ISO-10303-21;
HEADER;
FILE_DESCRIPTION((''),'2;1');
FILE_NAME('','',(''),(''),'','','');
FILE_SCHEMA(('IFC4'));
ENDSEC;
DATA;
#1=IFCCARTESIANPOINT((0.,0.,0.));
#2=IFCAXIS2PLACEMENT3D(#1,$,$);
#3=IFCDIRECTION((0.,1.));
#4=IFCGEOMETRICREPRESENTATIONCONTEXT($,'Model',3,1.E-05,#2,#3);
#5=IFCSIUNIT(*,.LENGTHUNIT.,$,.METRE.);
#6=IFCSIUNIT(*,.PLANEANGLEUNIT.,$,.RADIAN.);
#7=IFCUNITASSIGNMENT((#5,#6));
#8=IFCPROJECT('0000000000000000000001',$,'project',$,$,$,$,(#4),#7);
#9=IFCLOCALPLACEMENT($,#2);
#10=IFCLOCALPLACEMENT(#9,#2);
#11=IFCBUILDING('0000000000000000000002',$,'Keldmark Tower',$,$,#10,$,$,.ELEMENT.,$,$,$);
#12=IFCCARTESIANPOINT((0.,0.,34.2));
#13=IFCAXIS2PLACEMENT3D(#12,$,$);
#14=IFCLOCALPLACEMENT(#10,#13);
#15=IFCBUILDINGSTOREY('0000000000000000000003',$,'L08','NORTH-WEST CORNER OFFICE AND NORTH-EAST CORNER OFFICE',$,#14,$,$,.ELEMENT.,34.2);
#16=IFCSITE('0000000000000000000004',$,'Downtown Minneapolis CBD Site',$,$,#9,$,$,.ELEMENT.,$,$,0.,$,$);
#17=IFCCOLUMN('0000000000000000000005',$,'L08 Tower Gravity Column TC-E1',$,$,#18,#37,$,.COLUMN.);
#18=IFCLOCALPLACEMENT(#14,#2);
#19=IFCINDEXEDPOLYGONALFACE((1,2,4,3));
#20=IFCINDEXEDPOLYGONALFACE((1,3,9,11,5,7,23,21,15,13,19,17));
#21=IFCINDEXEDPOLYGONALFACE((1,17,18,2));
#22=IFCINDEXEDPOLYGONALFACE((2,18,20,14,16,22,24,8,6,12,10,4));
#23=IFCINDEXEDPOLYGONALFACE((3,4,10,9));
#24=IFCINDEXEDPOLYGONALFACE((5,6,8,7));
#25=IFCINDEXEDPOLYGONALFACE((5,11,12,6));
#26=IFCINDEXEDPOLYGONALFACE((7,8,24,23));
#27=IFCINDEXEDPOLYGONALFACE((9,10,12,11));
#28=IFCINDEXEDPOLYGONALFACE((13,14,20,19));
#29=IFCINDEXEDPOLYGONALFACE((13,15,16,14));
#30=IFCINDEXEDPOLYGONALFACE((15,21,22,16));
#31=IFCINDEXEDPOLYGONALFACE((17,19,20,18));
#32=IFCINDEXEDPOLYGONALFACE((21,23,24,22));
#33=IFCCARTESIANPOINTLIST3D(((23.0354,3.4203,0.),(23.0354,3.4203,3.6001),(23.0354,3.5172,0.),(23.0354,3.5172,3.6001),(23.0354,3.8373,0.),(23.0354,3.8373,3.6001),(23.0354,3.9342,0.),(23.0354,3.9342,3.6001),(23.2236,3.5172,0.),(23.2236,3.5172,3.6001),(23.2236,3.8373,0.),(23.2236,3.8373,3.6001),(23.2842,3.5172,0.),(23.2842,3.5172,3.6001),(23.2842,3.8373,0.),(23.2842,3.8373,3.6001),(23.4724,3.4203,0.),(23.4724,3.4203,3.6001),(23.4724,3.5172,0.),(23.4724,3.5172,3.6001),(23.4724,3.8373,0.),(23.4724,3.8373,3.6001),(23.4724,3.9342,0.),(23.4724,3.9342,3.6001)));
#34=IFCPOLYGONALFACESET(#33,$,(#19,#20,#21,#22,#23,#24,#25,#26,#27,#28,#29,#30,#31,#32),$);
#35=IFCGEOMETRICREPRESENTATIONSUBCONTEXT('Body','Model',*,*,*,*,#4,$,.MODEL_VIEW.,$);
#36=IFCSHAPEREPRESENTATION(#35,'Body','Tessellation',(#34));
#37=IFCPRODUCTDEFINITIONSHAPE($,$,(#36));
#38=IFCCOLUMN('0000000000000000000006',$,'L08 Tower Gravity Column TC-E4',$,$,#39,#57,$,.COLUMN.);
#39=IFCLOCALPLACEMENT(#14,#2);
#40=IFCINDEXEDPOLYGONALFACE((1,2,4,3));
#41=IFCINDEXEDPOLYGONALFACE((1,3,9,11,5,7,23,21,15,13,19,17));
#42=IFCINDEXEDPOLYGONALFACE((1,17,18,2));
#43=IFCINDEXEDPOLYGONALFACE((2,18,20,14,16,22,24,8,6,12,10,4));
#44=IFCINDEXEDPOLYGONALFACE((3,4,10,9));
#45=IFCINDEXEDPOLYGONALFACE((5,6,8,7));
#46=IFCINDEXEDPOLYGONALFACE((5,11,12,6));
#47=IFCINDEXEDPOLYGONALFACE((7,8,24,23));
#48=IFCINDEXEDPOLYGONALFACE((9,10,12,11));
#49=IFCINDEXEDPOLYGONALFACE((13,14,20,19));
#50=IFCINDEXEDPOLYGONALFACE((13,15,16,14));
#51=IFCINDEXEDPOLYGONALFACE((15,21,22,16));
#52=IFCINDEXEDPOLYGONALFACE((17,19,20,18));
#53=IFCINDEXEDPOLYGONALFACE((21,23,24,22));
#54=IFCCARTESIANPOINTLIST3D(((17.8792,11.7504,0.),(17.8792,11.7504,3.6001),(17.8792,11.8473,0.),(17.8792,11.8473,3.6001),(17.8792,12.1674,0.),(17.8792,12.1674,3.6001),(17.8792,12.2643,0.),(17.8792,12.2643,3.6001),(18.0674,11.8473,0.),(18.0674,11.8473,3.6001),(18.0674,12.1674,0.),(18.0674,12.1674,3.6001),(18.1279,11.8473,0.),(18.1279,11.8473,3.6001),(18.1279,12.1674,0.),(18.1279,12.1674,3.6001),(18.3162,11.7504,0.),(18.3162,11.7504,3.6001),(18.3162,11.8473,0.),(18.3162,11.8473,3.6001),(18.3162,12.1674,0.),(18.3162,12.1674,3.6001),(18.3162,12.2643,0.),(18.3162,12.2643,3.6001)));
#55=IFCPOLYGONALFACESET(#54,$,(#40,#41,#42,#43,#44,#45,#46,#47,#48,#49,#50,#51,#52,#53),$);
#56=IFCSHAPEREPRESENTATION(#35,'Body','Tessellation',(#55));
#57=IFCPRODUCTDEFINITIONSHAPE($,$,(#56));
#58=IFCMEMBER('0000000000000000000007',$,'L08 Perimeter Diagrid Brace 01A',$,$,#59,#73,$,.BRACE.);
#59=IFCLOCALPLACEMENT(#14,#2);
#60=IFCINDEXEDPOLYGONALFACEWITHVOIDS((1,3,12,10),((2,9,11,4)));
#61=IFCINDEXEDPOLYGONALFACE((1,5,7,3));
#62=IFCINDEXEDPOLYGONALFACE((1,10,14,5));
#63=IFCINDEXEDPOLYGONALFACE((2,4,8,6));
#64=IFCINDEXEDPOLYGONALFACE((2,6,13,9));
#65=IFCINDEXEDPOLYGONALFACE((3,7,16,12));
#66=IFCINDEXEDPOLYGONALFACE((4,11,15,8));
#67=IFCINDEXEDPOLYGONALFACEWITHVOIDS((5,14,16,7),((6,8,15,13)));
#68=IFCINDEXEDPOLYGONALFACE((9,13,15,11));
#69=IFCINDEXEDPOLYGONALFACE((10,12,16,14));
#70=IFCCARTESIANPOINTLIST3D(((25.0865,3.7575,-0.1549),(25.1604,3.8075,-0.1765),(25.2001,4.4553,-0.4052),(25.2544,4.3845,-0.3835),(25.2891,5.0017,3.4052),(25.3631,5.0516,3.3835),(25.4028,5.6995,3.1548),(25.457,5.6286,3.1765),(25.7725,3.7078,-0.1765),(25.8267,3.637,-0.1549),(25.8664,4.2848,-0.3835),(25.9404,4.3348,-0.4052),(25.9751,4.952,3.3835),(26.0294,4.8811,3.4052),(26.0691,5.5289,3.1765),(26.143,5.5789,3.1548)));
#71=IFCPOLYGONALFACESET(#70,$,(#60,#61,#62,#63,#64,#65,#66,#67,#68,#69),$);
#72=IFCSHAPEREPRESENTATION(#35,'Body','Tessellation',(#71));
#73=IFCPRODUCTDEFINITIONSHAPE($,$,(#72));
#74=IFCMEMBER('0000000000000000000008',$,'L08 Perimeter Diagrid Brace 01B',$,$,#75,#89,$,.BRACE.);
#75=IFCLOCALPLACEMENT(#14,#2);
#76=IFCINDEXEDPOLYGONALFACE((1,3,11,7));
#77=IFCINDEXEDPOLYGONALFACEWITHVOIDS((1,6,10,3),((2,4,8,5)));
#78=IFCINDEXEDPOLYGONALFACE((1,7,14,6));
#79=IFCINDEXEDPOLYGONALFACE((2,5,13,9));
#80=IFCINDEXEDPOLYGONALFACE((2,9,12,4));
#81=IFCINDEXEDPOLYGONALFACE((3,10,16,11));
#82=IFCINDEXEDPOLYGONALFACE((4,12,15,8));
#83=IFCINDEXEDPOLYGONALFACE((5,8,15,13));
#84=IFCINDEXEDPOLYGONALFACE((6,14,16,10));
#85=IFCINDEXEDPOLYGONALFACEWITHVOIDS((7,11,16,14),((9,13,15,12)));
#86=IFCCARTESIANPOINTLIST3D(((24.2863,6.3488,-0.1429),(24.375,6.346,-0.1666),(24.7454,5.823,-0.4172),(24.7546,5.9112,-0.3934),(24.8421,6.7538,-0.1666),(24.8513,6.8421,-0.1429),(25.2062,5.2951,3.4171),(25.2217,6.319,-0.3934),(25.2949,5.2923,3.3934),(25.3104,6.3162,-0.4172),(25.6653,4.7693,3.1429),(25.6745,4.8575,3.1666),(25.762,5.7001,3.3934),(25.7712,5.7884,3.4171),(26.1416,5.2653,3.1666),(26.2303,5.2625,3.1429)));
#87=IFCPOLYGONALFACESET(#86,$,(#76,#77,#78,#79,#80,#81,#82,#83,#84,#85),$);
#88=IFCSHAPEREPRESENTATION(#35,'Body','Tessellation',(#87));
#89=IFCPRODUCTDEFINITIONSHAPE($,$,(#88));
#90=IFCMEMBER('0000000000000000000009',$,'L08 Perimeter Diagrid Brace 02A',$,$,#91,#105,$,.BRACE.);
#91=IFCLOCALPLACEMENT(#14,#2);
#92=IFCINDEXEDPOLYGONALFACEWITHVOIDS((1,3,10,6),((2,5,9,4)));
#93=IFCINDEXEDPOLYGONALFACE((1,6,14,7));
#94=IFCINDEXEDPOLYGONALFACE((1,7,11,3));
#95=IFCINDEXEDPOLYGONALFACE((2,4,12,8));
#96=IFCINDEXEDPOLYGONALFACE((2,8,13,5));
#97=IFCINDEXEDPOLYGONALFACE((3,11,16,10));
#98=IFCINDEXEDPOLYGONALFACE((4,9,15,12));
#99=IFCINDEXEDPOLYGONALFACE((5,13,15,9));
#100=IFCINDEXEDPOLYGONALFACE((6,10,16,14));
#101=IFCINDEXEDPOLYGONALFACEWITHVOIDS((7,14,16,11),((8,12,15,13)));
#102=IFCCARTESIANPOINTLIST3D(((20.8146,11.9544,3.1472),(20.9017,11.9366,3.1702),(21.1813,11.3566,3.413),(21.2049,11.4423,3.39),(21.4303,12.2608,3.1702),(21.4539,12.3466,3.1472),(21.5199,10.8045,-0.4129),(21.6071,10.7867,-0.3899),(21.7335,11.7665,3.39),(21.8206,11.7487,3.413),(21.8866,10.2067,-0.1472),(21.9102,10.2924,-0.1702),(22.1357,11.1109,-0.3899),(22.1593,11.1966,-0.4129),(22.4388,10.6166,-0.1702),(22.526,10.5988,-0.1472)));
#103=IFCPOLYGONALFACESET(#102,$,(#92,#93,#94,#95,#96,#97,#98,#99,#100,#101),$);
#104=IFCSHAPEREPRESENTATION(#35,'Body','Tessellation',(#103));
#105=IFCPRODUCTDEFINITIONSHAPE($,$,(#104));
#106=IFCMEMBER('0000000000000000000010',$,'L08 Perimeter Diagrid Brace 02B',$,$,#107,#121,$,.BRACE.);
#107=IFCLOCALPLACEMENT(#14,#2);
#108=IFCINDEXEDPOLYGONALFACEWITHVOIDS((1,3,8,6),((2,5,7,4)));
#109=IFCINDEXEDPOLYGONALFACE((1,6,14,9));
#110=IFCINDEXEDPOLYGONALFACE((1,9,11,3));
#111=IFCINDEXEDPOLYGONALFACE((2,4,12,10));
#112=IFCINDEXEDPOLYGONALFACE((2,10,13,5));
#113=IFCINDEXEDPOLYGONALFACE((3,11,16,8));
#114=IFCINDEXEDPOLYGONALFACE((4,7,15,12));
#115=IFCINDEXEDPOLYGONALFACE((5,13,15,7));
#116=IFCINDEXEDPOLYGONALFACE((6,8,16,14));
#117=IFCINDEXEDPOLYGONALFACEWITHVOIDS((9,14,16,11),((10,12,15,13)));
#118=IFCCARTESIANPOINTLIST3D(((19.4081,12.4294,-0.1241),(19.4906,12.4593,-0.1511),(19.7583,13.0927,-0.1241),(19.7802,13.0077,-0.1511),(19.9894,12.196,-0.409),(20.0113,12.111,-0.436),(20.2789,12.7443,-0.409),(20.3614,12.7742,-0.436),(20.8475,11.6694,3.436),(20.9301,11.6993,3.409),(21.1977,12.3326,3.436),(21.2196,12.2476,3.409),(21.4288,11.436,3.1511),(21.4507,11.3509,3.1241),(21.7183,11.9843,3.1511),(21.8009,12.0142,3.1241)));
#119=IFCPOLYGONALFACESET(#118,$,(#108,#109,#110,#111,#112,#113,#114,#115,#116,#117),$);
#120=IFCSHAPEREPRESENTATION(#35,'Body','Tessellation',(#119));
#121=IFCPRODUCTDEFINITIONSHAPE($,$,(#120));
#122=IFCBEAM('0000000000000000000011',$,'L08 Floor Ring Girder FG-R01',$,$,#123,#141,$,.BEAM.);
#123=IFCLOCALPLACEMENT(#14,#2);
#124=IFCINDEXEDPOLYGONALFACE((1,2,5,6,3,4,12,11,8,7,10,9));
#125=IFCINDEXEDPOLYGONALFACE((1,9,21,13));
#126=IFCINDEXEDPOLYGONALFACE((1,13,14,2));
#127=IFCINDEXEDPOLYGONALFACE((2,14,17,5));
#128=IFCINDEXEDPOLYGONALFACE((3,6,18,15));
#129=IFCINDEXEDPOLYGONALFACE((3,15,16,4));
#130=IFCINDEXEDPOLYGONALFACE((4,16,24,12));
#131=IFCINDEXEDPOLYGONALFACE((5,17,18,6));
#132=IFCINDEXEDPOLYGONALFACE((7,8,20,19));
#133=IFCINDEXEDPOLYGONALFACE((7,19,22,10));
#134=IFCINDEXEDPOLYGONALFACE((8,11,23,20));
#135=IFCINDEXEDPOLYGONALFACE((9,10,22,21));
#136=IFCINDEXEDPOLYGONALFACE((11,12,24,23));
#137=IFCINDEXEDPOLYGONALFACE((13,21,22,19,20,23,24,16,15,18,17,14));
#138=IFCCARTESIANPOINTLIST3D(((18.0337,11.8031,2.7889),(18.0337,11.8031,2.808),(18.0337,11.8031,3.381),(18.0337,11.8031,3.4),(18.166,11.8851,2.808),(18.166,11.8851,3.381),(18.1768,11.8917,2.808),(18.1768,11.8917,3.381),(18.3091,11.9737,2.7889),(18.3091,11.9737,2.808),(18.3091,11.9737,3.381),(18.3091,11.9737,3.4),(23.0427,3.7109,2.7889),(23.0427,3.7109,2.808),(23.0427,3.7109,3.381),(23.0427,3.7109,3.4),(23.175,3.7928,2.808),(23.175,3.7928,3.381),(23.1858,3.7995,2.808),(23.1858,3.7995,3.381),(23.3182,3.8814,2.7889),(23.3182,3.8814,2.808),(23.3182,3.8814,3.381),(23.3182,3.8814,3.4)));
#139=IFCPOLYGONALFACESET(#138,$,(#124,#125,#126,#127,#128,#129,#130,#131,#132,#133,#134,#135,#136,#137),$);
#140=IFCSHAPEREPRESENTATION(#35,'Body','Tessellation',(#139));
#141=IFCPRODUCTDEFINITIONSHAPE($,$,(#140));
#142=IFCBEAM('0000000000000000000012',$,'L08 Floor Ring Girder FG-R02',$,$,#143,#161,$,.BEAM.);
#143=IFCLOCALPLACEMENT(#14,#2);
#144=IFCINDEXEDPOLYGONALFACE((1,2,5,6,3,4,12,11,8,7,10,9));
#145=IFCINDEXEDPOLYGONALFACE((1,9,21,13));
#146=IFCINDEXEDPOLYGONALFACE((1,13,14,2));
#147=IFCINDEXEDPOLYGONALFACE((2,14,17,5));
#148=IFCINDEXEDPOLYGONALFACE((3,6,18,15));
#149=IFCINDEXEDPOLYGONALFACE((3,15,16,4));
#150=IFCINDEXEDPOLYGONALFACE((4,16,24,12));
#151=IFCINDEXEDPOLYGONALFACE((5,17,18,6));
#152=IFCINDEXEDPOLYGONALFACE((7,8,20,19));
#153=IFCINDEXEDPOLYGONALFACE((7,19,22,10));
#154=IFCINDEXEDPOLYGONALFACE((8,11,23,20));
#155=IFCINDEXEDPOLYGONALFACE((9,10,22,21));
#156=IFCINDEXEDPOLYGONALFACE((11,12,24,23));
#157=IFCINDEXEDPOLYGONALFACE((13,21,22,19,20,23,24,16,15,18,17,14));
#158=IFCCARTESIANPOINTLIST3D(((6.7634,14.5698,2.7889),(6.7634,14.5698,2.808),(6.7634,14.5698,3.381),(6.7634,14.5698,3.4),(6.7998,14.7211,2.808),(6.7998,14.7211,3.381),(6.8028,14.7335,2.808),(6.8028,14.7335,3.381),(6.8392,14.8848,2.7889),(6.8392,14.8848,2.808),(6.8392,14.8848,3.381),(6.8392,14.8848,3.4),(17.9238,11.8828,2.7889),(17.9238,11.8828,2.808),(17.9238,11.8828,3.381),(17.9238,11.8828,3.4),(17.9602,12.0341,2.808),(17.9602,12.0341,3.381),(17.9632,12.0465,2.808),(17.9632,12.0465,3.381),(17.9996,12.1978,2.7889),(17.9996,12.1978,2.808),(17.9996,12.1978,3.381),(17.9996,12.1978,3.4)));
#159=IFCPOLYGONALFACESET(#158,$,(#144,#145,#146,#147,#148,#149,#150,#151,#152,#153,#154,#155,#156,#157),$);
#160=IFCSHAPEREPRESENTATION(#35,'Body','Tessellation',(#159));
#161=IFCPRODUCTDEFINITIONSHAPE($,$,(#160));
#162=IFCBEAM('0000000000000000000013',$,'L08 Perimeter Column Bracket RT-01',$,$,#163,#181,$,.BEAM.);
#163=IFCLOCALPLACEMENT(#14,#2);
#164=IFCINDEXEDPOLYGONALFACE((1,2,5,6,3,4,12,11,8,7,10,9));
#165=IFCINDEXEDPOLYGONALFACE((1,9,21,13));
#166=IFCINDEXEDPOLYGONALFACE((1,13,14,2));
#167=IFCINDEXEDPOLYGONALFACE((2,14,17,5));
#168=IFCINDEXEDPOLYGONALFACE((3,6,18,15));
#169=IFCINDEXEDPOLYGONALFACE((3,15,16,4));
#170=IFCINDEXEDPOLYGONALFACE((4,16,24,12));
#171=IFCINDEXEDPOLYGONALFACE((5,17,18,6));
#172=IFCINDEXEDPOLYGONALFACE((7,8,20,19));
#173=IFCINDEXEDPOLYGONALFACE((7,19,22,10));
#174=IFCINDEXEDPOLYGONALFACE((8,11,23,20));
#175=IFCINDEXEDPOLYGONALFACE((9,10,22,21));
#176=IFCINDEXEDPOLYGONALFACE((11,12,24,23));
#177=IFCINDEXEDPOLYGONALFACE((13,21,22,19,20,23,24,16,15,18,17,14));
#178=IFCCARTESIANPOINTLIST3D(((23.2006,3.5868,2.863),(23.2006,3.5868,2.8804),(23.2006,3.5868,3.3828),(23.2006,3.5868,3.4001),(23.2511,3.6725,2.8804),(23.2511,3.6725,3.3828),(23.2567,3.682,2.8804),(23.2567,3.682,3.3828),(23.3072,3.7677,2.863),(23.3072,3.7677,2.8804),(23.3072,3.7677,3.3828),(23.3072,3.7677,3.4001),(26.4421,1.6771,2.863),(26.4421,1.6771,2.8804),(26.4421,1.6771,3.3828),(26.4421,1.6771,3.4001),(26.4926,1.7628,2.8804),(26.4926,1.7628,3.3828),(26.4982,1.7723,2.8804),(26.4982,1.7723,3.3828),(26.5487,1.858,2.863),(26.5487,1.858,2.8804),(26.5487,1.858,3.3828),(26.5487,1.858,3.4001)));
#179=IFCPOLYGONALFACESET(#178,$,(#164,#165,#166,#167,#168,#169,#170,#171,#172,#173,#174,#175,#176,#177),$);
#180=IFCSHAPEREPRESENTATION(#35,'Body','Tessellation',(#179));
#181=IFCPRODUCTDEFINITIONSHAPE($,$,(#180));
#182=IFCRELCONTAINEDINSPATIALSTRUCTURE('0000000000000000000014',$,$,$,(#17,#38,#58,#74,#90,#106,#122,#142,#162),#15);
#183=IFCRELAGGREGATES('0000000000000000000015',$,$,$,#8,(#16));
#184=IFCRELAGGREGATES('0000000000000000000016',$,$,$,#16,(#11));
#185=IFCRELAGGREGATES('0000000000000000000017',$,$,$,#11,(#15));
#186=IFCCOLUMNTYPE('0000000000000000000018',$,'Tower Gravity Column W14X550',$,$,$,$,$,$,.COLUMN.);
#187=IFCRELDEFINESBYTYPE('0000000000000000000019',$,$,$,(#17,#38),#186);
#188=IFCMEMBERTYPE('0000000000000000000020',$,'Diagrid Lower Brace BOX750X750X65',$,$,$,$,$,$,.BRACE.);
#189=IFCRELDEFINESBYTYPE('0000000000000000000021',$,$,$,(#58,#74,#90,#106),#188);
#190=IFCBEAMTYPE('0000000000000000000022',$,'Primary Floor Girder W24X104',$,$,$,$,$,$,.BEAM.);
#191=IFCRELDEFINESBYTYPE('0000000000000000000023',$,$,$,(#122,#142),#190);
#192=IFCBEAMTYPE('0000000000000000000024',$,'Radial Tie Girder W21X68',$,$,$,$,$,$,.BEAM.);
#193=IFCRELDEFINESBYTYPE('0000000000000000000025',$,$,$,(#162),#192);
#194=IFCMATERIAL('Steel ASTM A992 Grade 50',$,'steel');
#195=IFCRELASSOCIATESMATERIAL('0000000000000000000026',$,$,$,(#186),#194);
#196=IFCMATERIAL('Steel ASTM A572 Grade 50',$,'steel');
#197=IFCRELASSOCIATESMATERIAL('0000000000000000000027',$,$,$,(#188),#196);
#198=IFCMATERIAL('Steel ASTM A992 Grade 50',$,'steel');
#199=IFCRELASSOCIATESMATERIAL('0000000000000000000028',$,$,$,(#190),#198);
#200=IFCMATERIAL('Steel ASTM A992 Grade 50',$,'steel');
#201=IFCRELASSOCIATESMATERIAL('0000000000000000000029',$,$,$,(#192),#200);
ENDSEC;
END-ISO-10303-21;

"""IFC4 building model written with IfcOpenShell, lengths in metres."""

from ifc_helpers import new_model, si_unit, direction, frame, origin, origin_2d, place, context, subcontext, project, spatial, hollow_rectangle, i_section, extrude, material, material_profile, profile_set, type_object, element, save


model = new_model("IFC4")

# Units and contexts
model_context = context("Model", 3, precision=1e-05, world=origin(), true_north=direction((0.0, 1.0)))
body_context = subcontext(model_context, "Body", "Model", "MODEL_VIEW")
ifc_project = project(units=[si_unit("LENGTHUNIT", "METRE"), si_unit("PLANEANGLEUNIT", "RADIAN")], contexts=[model_context])

# Site, building, storey
site_placement = place(None, origin())
site = spatial("IfcSite", under=ifc_project, at=site_placement, Name="Downtown Minneapolis CBD Site", CompositionType="ELEMENT", RefElevation=0.0)
building_placement = place(site_placement, origin())
building = spatial("IfcBuilding", under=site, at=building_placement, Name="Keldmark Tower", CompositionType="ELEMENT")
storey_placement = place(building_placement, frame((0.0, 0.0, 34.2)))
storey = spatial("IfcBuildingStorey", under=building, at=storey_placement, Name="L08", Description="NORTH-WEST CORNER OFFICE AND NORTH-EAST CORNER OFFICE", CompositionType="ELEMENT", Elevation=34.2)

# Columns
ifc_material_1 = material(Name="Steel ASTM A992 Grade 50", Category="steel")
ifc_material_profile_1 = material_profile(ifc_material_1, i_section(OverallWidth=0.437, OverallDepth=0.5139, WebThickness=0.0605, FlangeThickness=0.0969, at=origin_2d()), Name="W14X550")
ifc_profile_set_1 = profile_set([ifc_material_profile_1], Name="Steel ASTM A992 Grade 50")
column_type = type_object("IfcColumnType", Name="Tower Gravity Column W14X550", PredefinedType="COLUMN", material=ifc_profile_set_1)
for number, where, z_axis, x_axis, name in (
    (1, (23.2539, 3.6772, 0.0), (0.0, 0.0, 1.0), (1.0, 0.0, 0.0), "L08 Tower Gravity Column TC-E1"),
    (2, (18.0977, 12.0073, 0.0), (0.0, 0.0, 1.0), (1.0, 0.0, 0.0), "L08 Tower Gravity Column TC-E4"),
):
    element("IfcColumn", number, at=place(storey_placement, frame(where, z_axis=z_axis, x_axis=x_axis)), inside=storey, type_object=column_type, Name=name, PredefinedType="COLUMN", context=body_context, shape_type="SweptSolid", body=[
        extrude(i_section(OverallWidth=0.437, OverallDepth=0.5139, WebThickness=0.0605, FlangeThickness=0.0969, at=origin_2d()), origin(), (0.0, 0.0, 1.0), 3.6001),
    ])

# Members
ifc_material_2 = material(Name="Steel ASTM A572 Grade 50", Category="steel")
ifc_material_profile_2 = material_profile(ifc_material_2, hollow_rectangle(XDim=0.75, YDim=0.75, WallThickness=0.0649, at=origin_2d()), Name="BOX750X750X65")
ifc_profile_set_2 = profile_set([ifc_material_profile_2], Name="Steel ASTM A572 Grade 50")
member_type = type_object("IfcMemberType", Name="Diagrid Lower Brace BOX750X750X65", PredefinedType="BRACE", material=ifc_profile_set_2)
member_1_placement = place(storey_placement, frame((25.5134, 4.0461, -0.28), z_axis=(0.053655, 0.329431, 0.942654), x_axis=(-0.986994, 0.160755, 0.0)))
element("IfcMember", 3, at=member_1_placement, inside=storey, type_object=member_type, Name="L08 Perimeter Diagrid Brace 01A", PredefinedType="BRACE", context=body_context, shape_type="SweptSolid", body=[
    extrude(hollow_rectangle(XDim=0.75, YDim=0.75, WallThickness=0.0649, at=origin_2d()), origin(), (0.0, 0.0, 1.0), 3.7766),
])
member_2_placement = place(storey_placement, frame((24.7983, 6.3325, -0.28), z_axis=(0.240503, -0.27548, 0.930736), x_axis=(0.753311, 0.657664, 0.0)))
element("IfcMember", 4, at=member_2_placement, inside=storey, type_object=member_type, Name="L08 Perimeter Diagrid Brace 01B", PredefinedType="BRACE", context=body_context, shape_type="SweptSolid", body=[
    extrude(hollow_rectangle(XDim=0.75, YDim=0.75, WallThickness=0.0649, at=origin_2d()), origin(), (0.0, 0.0, 1.0), 3.825),
])
member_3_placement = place(storey_placement, frame((22.0229, 10.7017, -0.28), z_axis=(-0.185266, 0.302044, 0.935118), x_axis=(-0.852422, -0.522855, 0.0)))
element("IfcMember", 5, at=member_3_placement, inside=storey, type_object=member_type, Name="L08 Perimeter Diagrid Brace 02A", PredefinedType="BRACE", context=body_context, shape_type="SweptSolid", body=[
    extrude(hollow_rectangle(XDim=0.75, YDim=0.75, WallThickness=0.0649, at=origin_2d()), origin(), (0.0, 0.0, 1.0), 3.8071),
])
member_4_placement = place(storey_placement, frame((19.8848, 12.6018, -0.28), z_axis=(0.367719, -0.19415, 0.909444), x_axis=(0.466902, 0.884309, 0.0)))
element("IfcMember", 6, at=member_4_placement, inside=storey, type_object=member_type, Name="L08 Perimeter Diagrid Brace 02B", PredefinedType="BRACE", context=body_context, shape_type="SweptSolid", body=[
    extrude(hollow_rectangle(XDim=0.75, YDim=0.75, WallThickness=0.0649, at=origin_2d()), origin(), (0.0, 0.0, 1.0), 3.9146),
])

# Beams
ifc_material_3 = material(Name="Steel ASTM A992 Grade 50", Category="steel")
ifc_material_profile_3 = material_profile(ifc_material_3, i_section(OverallWidth=0.324, OverallDepth=0.6111, WebThickness=0.0127, FlangeThickness=0.019, at=origin_2d()), Name="W24X104")
ifc_profile_set_3 = profile_set([ifc_material_profile_3], Name="Steel ASTM A992 Grade 50")
beam_type_1 = type_object("IfcBeamType", Name="Primary Floor Girder W24X104", PredefinedType="BEAM", material=ifc_profile_set_3)
beam_1_placement = place(storey_placement, frame((23.1804, 3.7961, 3.0945), z_axis=(-0.526318, 0.850288, 0.0), x_axis=(-0.850288, -0.526318, 0.0)))
element("IfcBeam", 7, at=beam_1_placement, inside=storey, type_object=beam_type_1, Name="L08 Floor Ring Girder FG-R01", PredefinedType="BEAM", context=body_context, shape_type="SweptSolid", body=[
    extrude(i_section(OverallWidth=0.324, OverallDepth=0.6111, WebThickness=0.0127, FlangeThickness=0.019, at=origin_2d()), origin(), (0.0, 0.0, 1.0), 9.5171),
])
beam_2_placement = place(storey_placement, frame((17.9617, 12.0403, 3.0945), z_axis=(-0.972219, 0.234074, 0.0), x_axis=(-0.234074, -0.972219, 0.0)))
element("IfcBeam", 8, at=beam_2_placement, inside=storey, type_object=beam_type_1, Name="L08 Floor Ring Girder FG-R02", PredefinedType="BEAM", context=body_context, shape_type="SweptSolid", body=[
    extrude(i_section(OverallWidth=0.324, OverallDepth=0.6111, WebThickness=0.0127, FlangeThickness=0.019, at=origin_2d()), origin(), (0.0, 0.0, 1.0), 11.4792),
])
ifc_material_4 = material(Name="Steel ASTM A992 Grade 50", Category="steel")
ifc_material_profile_4 = material_profile(ifc_material_4, i_section(OverallWidth=0.21, OverallDepth=0.5371, WebThickness=0.011, FlangeThickness=0.0173, at=origin_2d()), Name="W21X68")
ifc_profile_set_4 = profile_set([ifc_material_profile_4], Name="Steel ASTM A992 Grade 50")
beam_type_2 = type_object("IfcBeamType", Name="Radial Tie Girder W21X68", PredefinedType="BEAM", material=ifc_profile_set_4)
beam_3_placement = place(storey_placement, frame((23.2539, 3.6772, 3.1316), z_axis=(0.861594, -0.507599, 0.0), x_axis=(0.507599, 0.861594, 0.0)))
element("IfcBeam", 9, at=beam_3_placement, inside=storey, type_object=beam_type_2, Name="L08 Perimeter Column Bracket RT-01", PredefinedType="BEAM", context=body_context, shape_type="SweptSolid", body=[
    extrude(i_section(OverallWidth=0.21, OverallDepth=0.5371, WebThickness=0.011, FlangeThickness=0.0173, at=origin_2d()), origin(), (0.0, 0.0, 1.0), 3.7622),
])

save(model, "model.ifc")
